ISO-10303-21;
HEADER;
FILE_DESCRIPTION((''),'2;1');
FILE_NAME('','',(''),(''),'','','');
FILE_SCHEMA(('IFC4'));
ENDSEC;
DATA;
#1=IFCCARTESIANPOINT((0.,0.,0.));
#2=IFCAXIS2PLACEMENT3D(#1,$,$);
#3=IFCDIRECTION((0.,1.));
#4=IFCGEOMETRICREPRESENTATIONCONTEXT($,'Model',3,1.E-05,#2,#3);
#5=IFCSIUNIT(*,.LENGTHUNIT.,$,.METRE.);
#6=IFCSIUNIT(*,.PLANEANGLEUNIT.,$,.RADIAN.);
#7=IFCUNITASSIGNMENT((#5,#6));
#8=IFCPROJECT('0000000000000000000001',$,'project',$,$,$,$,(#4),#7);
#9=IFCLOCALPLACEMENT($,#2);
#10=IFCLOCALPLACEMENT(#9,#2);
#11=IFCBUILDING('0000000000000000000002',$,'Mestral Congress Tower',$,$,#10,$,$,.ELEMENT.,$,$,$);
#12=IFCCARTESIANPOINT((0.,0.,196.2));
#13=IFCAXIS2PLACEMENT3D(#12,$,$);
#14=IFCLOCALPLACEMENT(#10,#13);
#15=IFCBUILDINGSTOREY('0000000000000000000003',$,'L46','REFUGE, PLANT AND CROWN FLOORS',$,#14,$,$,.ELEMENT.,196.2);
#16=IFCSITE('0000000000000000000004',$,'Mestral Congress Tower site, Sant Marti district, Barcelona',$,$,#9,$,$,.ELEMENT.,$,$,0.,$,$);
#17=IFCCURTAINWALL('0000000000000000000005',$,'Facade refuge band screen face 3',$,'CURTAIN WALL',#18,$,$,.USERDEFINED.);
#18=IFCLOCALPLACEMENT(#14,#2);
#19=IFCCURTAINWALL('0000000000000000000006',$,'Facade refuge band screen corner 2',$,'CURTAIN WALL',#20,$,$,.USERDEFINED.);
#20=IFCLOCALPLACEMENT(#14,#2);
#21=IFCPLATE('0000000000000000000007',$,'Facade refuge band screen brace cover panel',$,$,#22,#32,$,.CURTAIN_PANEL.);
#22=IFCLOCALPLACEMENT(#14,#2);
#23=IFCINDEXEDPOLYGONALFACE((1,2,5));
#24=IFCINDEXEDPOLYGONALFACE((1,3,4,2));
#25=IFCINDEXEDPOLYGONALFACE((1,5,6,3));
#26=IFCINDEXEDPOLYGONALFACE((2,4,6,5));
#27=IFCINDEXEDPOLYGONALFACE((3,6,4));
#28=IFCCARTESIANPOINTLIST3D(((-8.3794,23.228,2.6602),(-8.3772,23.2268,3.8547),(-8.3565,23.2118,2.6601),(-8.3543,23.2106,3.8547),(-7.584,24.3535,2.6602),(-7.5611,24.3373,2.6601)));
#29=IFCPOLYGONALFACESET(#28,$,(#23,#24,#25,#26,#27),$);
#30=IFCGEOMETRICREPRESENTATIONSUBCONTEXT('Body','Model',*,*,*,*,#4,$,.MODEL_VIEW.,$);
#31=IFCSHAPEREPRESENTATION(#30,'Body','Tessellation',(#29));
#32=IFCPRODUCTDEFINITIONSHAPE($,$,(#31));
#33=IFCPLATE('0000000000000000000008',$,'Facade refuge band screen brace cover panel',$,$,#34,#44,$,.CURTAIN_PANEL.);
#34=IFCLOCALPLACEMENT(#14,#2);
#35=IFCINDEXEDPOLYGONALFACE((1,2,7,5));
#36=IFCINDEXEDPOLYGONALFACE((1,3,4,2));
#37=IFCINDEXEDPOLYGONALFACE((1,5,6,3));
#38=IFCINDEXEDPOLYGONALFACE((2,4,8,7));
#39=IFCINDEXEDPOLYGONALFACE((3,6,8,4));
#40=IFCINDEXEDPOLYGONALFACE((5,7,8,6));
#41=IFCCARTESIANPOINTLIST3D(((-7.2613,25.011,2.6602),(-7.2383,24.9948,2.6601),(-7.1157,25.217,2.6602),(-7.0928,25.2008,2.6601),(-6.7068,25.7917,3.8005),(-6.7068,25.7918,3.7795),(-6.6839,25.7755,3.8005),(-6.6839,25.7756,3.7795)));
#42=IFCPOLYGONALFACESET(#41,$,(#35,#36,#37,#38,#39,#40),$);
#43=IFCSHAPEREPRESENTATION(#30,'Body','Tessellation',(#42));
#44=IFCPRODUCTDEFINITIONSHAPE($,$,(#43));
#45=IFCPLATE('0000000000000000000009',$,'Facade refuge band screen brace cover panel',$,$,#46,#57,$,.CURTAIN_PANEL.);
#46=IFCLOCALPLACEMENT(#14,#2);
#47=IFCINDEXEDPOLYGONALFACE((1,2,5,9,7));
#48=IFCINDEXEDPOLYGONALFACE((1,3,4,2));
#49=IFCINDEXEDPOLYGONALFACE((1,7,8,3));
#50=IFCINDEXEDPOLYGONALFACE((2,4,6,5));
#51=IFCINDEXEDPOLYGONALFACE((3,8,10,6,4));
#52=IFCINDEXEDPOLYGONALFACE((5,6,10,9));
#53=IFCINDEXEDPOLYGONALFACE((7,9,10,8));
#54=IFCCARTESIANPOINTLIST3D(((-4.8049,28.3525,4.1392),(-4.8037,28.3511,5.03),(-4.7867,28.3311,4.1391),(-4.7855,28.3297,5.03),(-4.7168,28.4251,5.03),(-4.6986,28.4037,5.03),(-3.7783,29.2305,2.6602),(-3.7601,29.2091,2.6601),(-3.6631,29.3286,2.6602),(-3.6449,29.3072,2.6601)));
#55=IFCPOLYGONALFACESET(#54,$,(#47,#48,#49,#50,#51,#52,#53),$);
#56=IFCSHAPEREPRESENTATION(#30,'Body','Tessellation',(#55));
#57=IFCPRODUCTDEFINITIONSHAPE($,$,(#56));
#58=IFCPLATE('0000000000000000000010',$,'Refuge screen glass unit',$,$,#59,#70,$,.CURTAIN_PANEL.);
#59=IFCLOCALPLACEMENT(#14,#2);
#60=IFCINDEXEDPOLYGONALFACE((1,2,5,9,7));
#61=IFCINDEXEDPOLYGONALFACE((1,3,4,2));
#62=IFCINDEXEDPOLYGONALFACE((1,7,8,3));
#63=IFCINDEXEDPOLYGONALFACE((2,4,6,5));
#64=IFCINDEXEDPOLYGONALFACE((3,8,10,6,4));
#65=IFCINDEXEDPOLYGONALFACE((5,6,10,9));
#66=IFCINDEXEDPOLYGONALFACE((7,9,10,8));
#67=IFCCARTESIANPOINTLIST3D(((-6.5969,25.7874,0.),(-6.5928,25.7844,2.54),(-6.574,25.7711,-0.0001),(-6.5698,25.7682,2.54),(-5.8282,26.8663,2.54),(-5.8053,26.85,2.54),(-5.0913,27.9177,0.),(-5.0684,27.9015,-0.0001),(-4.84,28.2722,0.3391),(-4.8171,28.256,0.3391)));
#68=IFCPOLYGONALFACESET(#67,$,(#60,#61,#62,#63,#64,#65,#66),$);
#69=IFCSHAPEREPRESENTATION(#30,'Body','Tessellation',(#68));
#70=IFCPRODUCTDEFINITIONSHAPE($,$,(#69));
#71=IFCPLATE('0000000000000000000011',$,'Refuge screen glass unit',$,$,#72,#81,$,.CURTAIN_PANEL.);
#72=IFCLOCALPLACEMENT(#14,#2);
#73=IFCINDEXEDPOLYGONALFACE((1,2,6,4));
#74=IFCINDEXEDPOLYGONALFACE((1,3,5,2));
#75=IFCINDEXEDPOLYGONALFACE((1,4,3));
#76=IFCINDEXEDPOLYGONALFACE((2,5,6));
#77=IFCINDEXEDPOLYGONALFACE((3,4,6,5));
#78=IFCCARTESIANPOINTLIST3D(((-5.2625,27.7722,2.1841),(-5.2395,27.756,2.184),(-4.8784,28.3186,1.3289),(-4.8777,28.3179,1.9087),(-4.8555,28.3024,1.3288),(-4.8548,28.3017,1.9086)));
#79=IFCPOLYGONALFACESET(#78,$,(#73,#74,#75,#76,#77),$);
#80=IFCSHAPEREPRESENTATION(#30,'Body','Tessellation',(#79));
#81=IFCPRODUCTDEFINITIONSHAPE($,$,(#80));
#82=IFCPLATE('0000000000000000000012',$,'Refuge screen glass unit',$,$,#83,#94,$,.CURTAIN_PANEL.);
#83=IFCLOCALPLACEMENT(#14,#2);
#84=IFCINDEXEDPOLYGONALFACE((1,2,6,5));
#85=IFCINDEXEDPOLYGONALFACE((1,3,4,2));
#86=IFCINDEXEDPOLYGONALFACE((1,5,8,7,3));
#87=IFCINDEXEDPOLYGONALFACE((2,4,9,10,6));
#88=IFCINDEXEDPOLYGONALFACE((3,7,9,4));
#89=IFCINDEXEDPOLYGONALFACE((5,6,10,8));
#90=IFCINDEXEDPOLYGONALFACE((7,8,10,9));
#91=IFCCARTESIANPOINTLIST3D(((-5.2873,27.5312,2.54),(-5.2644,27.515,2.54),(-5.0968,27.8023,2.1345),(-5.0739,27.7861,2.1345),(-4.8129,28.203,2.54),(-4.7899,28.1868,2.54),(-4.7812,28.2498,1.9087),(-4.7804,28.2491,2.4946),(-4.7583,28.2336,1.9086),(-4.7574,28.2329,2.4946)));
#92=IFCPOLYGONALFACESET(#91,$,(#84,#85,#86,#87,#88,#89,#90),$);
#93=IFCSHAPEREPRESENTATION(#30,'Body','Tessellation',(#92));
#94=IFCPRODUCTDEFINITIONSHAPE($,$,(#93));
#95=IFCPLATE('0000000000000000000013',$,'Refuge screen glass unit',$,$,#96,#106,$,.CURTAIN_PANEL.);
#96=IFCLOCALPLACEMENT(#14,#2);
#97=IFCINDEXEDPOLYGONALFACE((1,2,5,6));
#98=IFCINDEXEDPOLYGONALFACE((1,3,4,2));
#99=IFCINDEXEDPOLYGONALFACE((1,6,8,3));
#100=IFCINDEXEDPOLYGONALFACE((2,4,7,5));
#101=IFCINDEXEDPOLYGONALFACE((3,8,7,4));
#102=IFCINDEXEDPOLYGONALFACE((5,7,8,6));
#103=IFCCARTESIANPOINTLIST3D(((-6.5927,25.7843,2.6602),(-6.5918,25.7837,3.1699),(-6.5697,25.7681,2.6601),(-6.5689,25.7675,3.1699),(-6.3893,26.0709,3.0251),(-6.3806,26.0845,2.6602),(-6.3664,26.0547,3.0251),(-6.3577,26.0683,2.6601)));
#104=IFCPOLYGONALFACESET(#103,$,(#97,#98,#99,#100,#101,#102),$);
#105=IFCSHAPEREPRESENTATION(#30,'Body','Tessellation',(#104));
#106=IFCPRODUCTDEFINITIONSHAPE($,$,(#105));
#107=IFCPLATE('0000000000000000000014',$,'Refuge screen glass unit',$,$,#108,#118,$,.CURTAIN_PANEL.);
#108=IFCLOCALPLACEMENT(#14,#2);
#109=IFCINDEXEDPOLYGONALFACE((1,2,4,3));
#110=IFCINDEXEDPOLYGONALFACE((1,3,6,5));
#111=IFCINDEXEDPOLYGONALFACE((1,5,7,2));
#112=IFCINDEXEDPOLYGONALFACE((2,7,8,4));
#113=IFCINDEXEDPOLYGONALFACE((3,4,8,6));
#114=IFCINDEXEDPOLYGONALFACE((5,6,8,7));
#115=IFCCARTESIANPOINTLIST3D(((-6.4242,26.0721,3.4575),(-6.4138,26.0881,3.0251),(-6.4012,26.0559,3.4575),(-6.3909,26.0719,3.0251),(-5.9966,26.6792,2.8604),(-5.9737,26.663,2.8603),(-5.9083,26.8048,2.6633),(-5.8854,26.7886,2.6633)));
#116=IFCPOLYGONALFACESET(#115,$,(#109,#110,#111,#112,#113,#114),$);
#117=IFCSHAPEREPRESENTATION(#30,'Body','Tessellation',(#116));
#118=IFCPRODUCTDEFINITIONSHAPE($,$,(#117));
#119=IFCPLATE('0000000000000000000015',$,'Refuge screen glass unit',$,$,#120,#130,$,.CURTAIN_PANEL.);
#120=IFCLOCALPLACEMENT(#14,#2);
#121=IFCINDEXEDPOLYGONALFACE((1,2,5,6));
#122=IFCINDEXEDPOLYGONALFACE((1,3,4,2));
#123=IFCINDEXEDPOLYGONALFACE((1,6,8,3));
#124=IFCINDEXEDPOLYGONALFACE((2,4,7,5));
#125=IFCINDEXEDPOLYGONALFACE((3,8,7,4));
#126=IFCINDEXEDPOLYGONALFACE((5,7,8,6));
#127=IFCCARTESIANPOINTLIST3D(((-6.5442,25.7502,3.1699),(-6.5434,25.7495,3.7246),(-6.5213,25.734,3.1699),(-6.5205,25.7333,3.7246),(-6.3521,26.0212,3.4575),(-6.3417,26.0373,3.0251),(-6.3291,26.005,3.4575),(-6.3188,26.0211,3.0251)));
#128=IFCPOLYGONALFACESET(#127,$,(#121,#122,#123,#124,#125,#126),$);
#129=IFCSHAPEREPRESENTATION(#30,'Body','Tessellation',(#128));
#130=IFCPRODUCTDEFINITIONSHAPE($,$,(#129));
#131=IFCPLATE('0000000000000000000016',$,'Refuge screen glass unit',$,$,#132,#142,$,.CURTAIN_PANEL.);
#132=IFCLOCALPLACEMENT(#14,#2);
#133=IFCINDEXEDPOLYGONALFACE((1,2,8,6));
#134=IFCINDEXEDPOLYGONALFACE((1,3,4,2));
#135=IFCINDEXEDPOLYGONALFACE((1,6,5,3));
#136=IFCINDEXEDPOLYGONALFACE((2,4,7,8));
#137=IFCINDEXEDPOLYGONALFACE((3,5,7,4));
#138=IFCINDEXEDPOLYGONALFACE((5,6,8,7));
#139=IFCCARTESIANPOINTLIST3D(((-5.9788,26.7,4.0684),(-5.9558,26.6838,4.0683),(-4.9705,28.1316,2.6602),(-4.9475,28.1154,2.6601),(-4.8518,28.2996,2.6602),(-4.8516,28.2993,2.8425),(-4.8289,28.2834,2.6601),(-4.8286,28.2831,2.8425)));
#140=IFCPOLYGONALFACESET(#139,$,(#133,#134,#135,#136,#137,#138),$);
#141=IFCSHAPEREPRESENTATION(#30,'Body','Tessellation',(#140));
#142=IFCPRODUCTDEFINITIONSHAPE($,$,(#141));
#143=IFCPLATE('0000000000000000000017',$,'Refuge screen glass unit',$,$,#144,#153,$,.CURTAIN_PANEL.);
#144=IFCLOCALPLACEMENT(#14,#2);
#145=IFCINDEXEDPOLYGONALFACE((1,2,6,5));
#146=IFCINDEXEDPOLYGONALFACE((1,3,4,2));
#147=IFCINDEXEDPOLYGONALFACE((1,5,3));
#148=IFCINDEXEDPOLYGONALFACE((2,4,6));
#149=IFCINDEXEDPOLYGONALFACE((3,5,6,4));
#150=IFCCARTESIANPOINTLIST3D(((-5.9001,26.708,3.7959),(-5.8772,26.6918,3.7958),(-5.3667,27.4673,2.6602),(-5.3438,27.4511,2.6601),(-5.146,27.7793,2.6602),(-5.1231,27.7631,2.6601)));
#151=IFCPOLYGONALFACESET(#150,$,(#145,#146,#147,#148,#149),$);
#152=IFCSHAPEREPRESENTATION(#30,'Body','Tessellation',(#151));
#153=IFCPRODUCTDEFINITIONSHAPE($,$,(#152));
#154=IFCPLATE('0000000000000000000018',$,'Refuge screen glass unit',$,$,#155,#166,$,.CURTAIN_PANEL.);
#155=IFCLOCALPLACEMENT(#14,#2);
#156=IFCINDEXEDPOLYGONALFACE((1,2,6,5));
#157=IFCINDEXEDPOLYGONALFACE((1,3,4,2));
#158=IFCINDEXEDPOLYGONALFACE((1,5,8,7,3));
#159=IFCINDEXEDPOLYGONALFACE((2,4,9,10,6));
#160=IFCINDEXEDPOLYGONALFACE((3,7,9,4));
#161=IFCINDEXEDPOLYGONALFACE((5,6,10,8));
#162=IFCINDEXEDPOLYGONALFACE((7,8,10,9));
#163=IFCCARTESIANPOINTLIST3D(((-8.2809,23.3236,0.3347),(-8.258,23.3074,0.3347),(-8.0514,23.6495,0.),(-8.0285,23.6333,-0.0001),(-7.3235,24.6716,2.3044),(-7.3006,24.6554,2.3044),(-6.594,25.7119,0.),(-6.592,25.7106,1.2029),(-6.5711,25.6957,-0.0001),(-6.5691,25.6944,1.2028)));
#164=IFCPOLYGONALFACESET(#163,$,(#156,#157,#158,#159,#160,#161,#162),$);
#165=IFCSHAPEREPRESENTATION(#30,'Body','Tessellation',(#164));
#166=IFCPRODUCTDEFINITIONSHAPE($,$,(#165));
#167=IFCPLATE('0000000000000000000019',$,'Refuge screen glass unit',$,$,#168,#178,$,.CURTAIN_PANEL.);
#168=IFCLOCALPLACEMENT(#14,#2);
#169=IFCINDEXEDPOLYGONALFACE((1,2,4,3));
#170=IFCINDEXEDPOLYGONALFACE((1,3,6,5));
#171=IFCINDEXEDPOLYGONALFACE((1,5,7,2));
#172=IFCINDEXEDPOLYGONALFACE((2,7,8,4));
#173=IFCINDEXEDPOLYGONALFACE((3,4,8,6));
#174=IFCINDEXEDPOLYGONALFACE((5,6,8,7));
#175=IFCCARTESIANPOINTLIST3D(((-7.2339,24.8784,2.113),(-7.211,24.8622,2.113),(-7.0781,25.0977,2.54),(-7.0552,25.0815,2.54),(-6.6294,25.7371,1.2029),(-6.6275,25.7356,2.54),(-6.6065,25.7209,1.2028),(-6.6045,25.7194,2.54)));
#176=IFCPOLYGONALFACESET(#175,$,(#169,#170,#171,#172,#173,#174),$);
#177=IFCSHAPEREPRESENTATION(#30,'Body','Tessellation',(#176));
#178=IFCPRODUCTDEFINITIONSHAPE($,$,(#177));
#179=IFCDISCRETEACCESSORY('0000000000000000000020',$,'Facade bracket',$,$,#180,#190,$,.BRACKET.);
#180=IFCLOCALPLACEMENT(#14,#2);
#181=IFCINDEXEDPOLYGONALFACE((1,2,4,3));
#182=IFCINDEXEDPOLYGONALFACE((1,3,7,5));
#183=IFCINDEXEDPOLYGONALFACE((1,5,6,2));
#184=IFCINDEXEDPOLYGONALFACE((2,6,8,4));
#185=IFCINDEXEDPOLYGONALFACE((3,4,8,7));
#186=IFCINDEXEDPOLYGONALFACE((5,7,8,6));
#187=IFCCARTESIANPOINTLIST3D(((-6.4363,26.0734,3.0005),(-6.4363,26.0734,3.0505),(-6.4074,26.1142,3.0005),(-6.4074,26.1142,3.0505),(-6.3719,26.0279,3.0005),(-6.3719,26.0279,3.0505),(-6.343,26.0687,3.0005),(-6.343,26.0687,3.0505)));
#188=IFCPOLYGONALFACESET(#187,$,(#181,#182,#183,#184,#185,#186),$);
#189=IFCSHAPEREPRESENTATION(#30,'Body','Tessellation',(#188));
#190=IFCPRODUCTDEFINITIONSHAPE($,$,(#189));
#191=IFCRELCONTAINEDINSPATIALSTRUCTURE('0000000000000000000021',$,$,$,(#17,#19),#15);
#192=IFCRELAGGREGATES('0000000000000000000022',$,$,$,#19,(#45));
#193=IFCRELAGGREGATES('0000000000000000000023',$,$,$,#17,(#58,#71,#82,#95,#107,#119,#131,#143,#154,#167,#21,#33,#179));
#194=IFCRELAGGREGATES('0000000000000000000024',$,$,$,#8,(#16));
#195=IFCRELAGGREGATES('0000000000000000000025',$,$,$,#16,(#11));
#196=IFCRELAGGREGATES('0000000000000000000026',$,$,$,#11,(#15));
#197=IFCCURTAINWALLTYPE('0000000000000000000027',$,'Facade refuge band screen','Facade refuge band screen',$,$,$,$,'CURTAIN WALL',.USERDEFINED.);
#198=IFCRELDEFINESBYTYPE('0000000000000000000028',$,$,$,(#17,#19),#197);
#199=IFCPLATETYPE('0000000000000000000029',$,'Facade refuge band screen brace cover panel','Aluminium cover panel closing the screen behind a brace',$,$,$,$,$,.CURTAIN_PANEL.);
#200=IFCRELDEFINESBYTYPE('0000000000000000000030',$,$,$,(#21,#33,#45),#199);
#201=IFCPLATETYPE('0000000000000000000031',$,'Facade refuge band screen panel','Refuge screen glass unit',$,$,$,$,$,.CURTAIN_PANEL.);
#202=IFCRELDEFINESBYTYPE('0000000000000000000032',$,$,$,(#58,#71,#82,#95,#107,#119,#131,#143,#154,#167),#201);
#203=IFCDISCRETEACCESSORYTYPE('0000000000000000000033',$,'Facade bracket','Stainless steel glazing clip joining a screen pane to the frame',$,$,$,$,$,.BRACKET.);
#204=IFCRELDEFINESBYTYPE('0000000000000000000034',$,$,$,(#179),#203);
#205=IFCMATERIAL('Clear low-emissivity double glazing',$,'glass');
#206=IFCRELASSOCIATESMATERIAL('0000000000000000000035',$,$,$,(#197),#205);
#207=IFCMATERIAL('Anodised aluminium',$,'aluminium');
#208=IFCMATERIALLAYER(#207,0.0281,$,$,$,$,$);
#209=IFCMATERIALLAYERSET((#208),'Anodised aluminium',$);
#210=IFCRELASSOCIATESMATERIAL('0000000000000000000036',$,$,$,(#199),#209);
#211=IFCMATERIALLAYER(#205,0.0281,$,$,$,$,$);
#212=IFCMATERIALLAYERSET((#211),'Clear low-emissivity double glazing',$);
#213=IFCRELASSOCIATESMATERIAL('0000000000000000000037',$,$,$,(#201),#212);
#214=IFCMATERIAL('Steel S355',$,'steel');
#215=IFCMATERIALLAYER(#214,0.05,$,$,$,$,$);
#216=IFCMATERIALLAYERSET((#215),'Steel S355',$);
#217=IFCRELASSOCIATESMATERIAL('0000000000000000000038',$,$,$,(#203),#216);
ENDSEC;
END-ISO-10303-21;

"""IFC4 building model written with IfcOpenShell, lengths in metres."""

from ifc_helpers import new_model, si_unit, direction, frame, origin, origin_2d, place, context, subcontext, project, spatial, polyline, rectangle, outline, extrude, material, layer, layer_set, type_object, element, aggregate, save


model = new_model("IFC4")

# Units and contexts
model_context = context("Model", 3, precision=1e-05, world=origin(), true_north=direction((0.0, 1.0)))
body_context = subcontext(model_context, "Body", "Model", "MODEL_VIEW")
ifc_project = project(units=[si_unit("LENGTHUNIT", "METRE"), si_unit("PLANEANGLEUNIT", "RADIAN")], contexts=[model_context])

# Site, building, storey
site_placement = place(None, origin())
site = spatial("IfcSite", under=ifc_project, at=site_placement, Name="Mestral Congress Tower site, Sant Marti district, Barcelona", CompositionType="ELEMENT", RefElevation=0.0)
building_placement = place(site_placement, origin())
building = spatial("IfcBuilding", under=site, at=building_placement, Name="Mestral Congress Tower", CompositionType="ELEMENT")
storey_placement = place(building_placement, frame((0.0, 0.0, 196.2)))
storey = spatial("IfcBuildingStorey", under=building, at=storey_placement, Name="L46", Description="REFUGE, PLANT AND CROWN FLOORS", CompositionType="ELEMENT", Elevation=196.2)

# Shared definitions
ifc_material_1 = material(Name="Steel S355", Category="steel")

# Curtain walls
ifc_material_2 = material(Name="Clear low-emissivity double glazing", Category="glass")
curtain_wall_type = type_object("IfcCurtainWallType", Name="Facade refuge band screen", Description="Facade refuge band screen", ElementType="CURTAIN WALL", PredefinedType="USERDEFINED", material=ifc_material_2)
placement = place(storey_placement, origin())
curtain_wall_1 = element("IfcCurtainWall", 1, at=placement, inside=storey, type_object=curtain_wall_type, Name="Facade refuge band screen face 3", ObjectType="CURTAIN WALL", PredefinedType="USERDEFINED")
ifc_material_3 = material(Name="Anodised aluminium", Category="aluminium")
curtain_wall_2 = element("IfcCurtainWall", 2, at=placement, inside=storey, type_object=curtain_wall_type, Name="Facade refuge band screen corner 2", ObjectType="CURTAIN WALL", PredefinedType="USERDEFINED")

# Plates
ifc_layer_1 = layer(ifc_material_3, 0.0281)
ifc_layer_set_1 = layer_set([ifc_layer_1], Name="Anodised aluminium")
plate_type_1 = type_object("IfcPlateType", Name="Facade refuge band screen brace cover panel", Description="Aluminium cover panel closing the screen behind a brace", PredefinedType="CURTAIN_PANEL", material=ifc_layer_set_1)
plate_1_placement = place(storey_placement, frame((-7.584, 24.3535, 2.6602), z_axis=(-0.816642, 0.577141, 0.002092), x_axis=(-0.43496, -0.617833, 0.655051)))
plate_1 = element("IfcPlate", 3, at=plate_1_placement, type_object=plate_type_1, Name="Facade refuge band screen brace cover panel", PredefinedType="CURTAIN_PANEL", context=body_context, shape_type="SweptSolid", body=[
    extrude(outline(polyline([(0.0, 0.0), (1.8236, 0.0), (1.0413, -0.9028), (0.0, 0.0)])), origin(), (0.0, 0.0, -1.0), 0.0281),
])
plate_2_placement = place(storey_placement, frame((-7.1157, 25.217, 2.6602), z_axis=(-0.816757, 0.576977, 0.002112), x_axis=(0.309051, 0.43439, 0.846045)))
plate_2 = element("IfcPlate", 4, at=plate_2_placement, type_object=plate_type_1, Name="Facade refuge band screen brace cover panel", PredefinedType="CURTAIN_PANEL", context=body_context, shape_type="SweptSolid", body=[
    extrude(outline(polyline([(0.0, 0.0), (1.3231, 0.0), (1.3408, -0.0112), (-0.1345, -0.2134), (0.0, 0.0)])), origin(), (0.0, 0.0, -1.0), 0.0281),
])
plate_3_placement = place(storey_placement, frame((-4.8037, 28.3511, 5.03), z_axis=(-0.648193, 0.761473, 0.002106), x_axis=(-0.001348, 0.001619, -0.999998)))
plate_3 = element("IfcPlate", 5, at=plate_3_placement, type_object=plate_type_1, Name="Facade refuge band screen brace cover panel", PredefinedType="CURTAIN_PANEL", context=body_context, shape_type="SweptSolid", body=[
    extrude(outline(polyline([(0.0, 0.0), (0.8909, 0.0), (2.3699, -1.3508), (2.3699, -1.5021), (0.0, -0.1141), (0.0, 0.0)])), origin(), (0.0, 0.0, -1.0), 0.0281),
])
aggregate(curtain_wall_2, [plate_3])
ifc_layer_2 = layer(ifc_material_2, 0.0281)
ifc_layer_set_2 = layer_set([ifc_layer_2], Name="Clear low-emissivity double glazing")
plate_type_2 = type_object("IfcPlateType", Name="Facade refuge band screen panel", Description="Refuge screen glass unit", PredefinedType="CURTAIN_PANEL", material=ifc_layer_set_2)
plate_4_placement = place(storey_placement, frame((-6.5969, 25.7874, 0.0), z_axis=(-0.816642, 0.577141, 0.00201), x_axis=(0.577142, 0.816643, 0.0)))
plate_4 = element("IfcPlate", 6, at=plate_4_placement, type_object=plate_type_2, Name="Refuge screen glass unit", PredefinedType="CURTAIN_PANEL", context=body_context, shape_type="SweptSolid", body=[
    extrude(outline(polyline([(0.0, 0.0), (2.6087, 0.0), (3.0432, -0.3391), (1.3247, -2.54), (0.0, -2.54), (0.0, 0.0)])), origin(), (0.0, 0.0, -1.0), 0.0281),
])
plate_5_placement = place(storey_placement, frame((-4.8784, 28.3186, 1.3289), z_axis=(-0.816832, 0.576874, 0.00176), x_axis=(0.001263, -0.001263, 0.999998)))
plate_5 = element("IfcPlate", 7, at=plate_5_placement, type_object=plate_type_2, Name="Refuge screen glass unit", PredefinedType="CURTAIN_PANEL", context=body_context, shape_type="SweptSolid", body=[
    extrude(outline(polyline([(0.0, 0.0), (0.5798, 0.0), (0.8554, -0.6676), (0.0, 0.0)])), origin(), (0.0, 0.0, -1.0), 0.0281),
])
plate_6_placement = place(storey_placement, frame((-4.7812, 28.2498, 1.9087), z_axis=(-0.816772, 0.576957, 0.001881), x_axis=(0.001502, -0.001134, 0.999998)))
plate_6 = element("IfcPlate", 8, at=plate_6_placement, type_object=plate_type_2, Name="Refuge screen glass unit", PredefinedType="CURTAIN_PANEL", context=body_context, shape_type="SweptSolid", body=[
    extrude(outline(polyline([(0.0, 0.0), (0.5859, 0.0), (0.6314, -0.0564), (0.6314, -0.8788), (0.2259, -0.5475), (0.0, 0.0)])), origin(), (0.0, 0.0, -1.0), 0.0281),
])
plate_7_placement = place(storey_placement, frame((-6.3806, 26.0845, 2.6602), z_axis=(-0.816785, 0.576938, 0.002044), x_axis=(-0.023751, -0.037165, 0.999027)))
plate_7 = element("IfcPlate", 9, at=plate_7_placement, type_object=plate_type_2, Name="Refuge screen glass unit", PredefinedType="CURTAIN_PANEL", context=body_context, shape_type="SweptSolid", body=[
    extrude(outline(polyline([(0.0, 0.0), (0.3653, 0.0), (0.5255, -0.3447), (0.0162, -0.3672), (0.0, 0.0)])), origin(), (0.0, 0.0, -1.0), 0.0281),
])
plate_8_placement = place(storey_placement, frame((-5.9966, 26.6792, 2.8604), z_axis=(-0.816716, 0.577037, 0.001834), x_axis=(-0.448731, -0.637109, 0.626684)))
plate_8 = element("IfcPlate", 10, at=plate_8_placement, type_object=plate_type_2, Name="Refuge screen glass unit", PredefinedType="CURTAIN_PANEL", context=body_context, shape_type="SweptSolid", body=[
    extrude(outline(polyline([(0.0, 0.0), (0.9529, 0.0), (0.6671, -0.325), (-0.2431, -0.0573), (0.0, 0.0)])), origin(), (0.0, 0.0, -1.0), 0.0281),
])
plate_9_placement = place(storey_placement, frame((-6.5442, 25.7502, 3.1699), z_axis=(-0.816747, 0.576992, 0.001969), x_axis=(0.532849, 0.755562, -0.381048)))
plate_9 = element("IfcPlate", 11, at=plate_9_placement, type_object=plate_type_2, Name="Refuge screen glass unit", PredefinedType="CURTAIN_PANEL", context=body_context, shape_type="SweptSolid", body=[
    extrude(outline(polyline([(0.0, 0.0), (0.3799, 0.0), (0.1975, -0.3925), (-0.2115, -0.5128), (0.0, 0.0)])), origin(), (0.0, 0.0, -1.0), 0.0281),
])
plate_10_placement = place(storey_placement, frame((-4.8518, 28.2996, 2.6602), z_axis=(-0.816741, 0.577002, 0.00181), x_axis=(0.001293, -0.001307, 0.999998)))
plate_10 = element("IfcPlate", 12, at=plate_10_placement, type_object=plate_type_2, Name="Refuge screen glass unit", PredefinedType="CURTAIN_PANEL", context=body_context, shape_type="SweptSolid", body=[
    extrude(outline(polyline([(0.0, 0.0), (0.1824, 0.0), (1.4088, -1.9563), (0.0001, -0.2056), (0.0, 0.0)])), origin(), (0.0, 0.0, -1.0), 0.0281),
])
plate_11_placement = place(storey_placement, frame((-5.146, 27.7793, 2.6602), z_axis=(-0.816398, 0.577484, 0.00261), x_axis=(-0.434952, -0.617859, 0.655032)))
plate_11 = element("IfcPlate", 13, at=plate_11_placement, type_object=plate_type_2, Name="Refuge screen glass unit", PredefinedType="CURTAIN_PANEL", context=body_context, shape_type="SweptSolid", body=[
    extrude(outline(polyline([(0.0, 0.0), (1.7339, 0.0), (0.2888, -0.2503), (0.0, 0.0)])), origin(), (0.0, 0.0, -1.0), 0.0281),
])
plate_12_placement = place(storey_placement, frame((-6.594, 25.7119, 0.0), z_axis=(-0.816662, 0.577113, 0.002), x_axis=(0.001667, -0.001105, 0.999998)))
plate_12 = element("IfcPlate", 14, at=plate_12_placement, type_object=plate_type_2, Name="Refuge screen glass unit", PredefinedType="CURTAIN_PANEL", context=body_context, shape_type="SweptSolid", body=[
    extrude(outline(polyline([(0.0, 0.0), (1.2029, 0.0), (2.3044, -1.2707), (0.3345, -2.924), (-0.0002, -2.5254), (0.0, 0.0)])), origin(), (0.0, 0.0, -1.0), 0.0281),
])
plate_13_placement = place(storey_placement, frame((-6.6294, 25.7371, 1.2029), z_axis=(-0.816769, 0.576962, 0.001797), x_axis=(0.001437, -0.001079, 0.999998)))
plate_13 = element("IfcPlate", 15, at=plate_13_placement, type_object=plate_type_2, Name="Refuge screen glass unit", PredefinedType="CURTAIN_PANEL", context=body_context, shape_type="SweptSolid", body=[
    extrude(outline(polyline([(0.0, 0.0), (1.3372, 0.0), (1.3372, -0.7811), (0.9102, -1.05), (0.0, 0.0)])), origin(), (0.0, 0.0, -1.0), 0.0281),
])

# Discrete accessory
ifc_layer_3 = layer(ifc_material_1, 0.05)
ifc_layer_set_3 = layer_set([ifc_layer_3], Name="Steel S355")
discrete_accessory_type = type_object("IfcDiscreteAccessoryType", Name="Facade bracket", Description="Stainless steel glazing clip joining a screen pane to the frame", PredefinedType="BRACKET", material=ifc_layer_set_3)
discrete_accessory_1_placement = place(storey_placement, frame((-6.3896, 26.071, 3.0005), z_axis=(0.0, 0.0, 1.0), x_axis=(-0.577065, -0.816698, 0.0)))
discrete_accessory_1 = element("IfcDiscreteAccessory", 16, at=discrete_accessory_1_placement, type_object=discrete_accessory_type, Name="Facade bracket", PredefinedType="BRACKET", context=body_context, shape_type="SweptSolid", body=[
    extrude(rectangle(XDim=0.05, YDim=0.0789, at=origin_2d()), origin(), (0.0, 0.0, 1.0), 0.05),
])
aggregate(curtain_wall_1, [plate_4, plate_5, plate_6, plate_7, plate_8, plate_9, plate_10, plate_11, plate_12, plate_13, plate_1, plate_2, discrete_accessory_1])

save(model, "model.ifc")
